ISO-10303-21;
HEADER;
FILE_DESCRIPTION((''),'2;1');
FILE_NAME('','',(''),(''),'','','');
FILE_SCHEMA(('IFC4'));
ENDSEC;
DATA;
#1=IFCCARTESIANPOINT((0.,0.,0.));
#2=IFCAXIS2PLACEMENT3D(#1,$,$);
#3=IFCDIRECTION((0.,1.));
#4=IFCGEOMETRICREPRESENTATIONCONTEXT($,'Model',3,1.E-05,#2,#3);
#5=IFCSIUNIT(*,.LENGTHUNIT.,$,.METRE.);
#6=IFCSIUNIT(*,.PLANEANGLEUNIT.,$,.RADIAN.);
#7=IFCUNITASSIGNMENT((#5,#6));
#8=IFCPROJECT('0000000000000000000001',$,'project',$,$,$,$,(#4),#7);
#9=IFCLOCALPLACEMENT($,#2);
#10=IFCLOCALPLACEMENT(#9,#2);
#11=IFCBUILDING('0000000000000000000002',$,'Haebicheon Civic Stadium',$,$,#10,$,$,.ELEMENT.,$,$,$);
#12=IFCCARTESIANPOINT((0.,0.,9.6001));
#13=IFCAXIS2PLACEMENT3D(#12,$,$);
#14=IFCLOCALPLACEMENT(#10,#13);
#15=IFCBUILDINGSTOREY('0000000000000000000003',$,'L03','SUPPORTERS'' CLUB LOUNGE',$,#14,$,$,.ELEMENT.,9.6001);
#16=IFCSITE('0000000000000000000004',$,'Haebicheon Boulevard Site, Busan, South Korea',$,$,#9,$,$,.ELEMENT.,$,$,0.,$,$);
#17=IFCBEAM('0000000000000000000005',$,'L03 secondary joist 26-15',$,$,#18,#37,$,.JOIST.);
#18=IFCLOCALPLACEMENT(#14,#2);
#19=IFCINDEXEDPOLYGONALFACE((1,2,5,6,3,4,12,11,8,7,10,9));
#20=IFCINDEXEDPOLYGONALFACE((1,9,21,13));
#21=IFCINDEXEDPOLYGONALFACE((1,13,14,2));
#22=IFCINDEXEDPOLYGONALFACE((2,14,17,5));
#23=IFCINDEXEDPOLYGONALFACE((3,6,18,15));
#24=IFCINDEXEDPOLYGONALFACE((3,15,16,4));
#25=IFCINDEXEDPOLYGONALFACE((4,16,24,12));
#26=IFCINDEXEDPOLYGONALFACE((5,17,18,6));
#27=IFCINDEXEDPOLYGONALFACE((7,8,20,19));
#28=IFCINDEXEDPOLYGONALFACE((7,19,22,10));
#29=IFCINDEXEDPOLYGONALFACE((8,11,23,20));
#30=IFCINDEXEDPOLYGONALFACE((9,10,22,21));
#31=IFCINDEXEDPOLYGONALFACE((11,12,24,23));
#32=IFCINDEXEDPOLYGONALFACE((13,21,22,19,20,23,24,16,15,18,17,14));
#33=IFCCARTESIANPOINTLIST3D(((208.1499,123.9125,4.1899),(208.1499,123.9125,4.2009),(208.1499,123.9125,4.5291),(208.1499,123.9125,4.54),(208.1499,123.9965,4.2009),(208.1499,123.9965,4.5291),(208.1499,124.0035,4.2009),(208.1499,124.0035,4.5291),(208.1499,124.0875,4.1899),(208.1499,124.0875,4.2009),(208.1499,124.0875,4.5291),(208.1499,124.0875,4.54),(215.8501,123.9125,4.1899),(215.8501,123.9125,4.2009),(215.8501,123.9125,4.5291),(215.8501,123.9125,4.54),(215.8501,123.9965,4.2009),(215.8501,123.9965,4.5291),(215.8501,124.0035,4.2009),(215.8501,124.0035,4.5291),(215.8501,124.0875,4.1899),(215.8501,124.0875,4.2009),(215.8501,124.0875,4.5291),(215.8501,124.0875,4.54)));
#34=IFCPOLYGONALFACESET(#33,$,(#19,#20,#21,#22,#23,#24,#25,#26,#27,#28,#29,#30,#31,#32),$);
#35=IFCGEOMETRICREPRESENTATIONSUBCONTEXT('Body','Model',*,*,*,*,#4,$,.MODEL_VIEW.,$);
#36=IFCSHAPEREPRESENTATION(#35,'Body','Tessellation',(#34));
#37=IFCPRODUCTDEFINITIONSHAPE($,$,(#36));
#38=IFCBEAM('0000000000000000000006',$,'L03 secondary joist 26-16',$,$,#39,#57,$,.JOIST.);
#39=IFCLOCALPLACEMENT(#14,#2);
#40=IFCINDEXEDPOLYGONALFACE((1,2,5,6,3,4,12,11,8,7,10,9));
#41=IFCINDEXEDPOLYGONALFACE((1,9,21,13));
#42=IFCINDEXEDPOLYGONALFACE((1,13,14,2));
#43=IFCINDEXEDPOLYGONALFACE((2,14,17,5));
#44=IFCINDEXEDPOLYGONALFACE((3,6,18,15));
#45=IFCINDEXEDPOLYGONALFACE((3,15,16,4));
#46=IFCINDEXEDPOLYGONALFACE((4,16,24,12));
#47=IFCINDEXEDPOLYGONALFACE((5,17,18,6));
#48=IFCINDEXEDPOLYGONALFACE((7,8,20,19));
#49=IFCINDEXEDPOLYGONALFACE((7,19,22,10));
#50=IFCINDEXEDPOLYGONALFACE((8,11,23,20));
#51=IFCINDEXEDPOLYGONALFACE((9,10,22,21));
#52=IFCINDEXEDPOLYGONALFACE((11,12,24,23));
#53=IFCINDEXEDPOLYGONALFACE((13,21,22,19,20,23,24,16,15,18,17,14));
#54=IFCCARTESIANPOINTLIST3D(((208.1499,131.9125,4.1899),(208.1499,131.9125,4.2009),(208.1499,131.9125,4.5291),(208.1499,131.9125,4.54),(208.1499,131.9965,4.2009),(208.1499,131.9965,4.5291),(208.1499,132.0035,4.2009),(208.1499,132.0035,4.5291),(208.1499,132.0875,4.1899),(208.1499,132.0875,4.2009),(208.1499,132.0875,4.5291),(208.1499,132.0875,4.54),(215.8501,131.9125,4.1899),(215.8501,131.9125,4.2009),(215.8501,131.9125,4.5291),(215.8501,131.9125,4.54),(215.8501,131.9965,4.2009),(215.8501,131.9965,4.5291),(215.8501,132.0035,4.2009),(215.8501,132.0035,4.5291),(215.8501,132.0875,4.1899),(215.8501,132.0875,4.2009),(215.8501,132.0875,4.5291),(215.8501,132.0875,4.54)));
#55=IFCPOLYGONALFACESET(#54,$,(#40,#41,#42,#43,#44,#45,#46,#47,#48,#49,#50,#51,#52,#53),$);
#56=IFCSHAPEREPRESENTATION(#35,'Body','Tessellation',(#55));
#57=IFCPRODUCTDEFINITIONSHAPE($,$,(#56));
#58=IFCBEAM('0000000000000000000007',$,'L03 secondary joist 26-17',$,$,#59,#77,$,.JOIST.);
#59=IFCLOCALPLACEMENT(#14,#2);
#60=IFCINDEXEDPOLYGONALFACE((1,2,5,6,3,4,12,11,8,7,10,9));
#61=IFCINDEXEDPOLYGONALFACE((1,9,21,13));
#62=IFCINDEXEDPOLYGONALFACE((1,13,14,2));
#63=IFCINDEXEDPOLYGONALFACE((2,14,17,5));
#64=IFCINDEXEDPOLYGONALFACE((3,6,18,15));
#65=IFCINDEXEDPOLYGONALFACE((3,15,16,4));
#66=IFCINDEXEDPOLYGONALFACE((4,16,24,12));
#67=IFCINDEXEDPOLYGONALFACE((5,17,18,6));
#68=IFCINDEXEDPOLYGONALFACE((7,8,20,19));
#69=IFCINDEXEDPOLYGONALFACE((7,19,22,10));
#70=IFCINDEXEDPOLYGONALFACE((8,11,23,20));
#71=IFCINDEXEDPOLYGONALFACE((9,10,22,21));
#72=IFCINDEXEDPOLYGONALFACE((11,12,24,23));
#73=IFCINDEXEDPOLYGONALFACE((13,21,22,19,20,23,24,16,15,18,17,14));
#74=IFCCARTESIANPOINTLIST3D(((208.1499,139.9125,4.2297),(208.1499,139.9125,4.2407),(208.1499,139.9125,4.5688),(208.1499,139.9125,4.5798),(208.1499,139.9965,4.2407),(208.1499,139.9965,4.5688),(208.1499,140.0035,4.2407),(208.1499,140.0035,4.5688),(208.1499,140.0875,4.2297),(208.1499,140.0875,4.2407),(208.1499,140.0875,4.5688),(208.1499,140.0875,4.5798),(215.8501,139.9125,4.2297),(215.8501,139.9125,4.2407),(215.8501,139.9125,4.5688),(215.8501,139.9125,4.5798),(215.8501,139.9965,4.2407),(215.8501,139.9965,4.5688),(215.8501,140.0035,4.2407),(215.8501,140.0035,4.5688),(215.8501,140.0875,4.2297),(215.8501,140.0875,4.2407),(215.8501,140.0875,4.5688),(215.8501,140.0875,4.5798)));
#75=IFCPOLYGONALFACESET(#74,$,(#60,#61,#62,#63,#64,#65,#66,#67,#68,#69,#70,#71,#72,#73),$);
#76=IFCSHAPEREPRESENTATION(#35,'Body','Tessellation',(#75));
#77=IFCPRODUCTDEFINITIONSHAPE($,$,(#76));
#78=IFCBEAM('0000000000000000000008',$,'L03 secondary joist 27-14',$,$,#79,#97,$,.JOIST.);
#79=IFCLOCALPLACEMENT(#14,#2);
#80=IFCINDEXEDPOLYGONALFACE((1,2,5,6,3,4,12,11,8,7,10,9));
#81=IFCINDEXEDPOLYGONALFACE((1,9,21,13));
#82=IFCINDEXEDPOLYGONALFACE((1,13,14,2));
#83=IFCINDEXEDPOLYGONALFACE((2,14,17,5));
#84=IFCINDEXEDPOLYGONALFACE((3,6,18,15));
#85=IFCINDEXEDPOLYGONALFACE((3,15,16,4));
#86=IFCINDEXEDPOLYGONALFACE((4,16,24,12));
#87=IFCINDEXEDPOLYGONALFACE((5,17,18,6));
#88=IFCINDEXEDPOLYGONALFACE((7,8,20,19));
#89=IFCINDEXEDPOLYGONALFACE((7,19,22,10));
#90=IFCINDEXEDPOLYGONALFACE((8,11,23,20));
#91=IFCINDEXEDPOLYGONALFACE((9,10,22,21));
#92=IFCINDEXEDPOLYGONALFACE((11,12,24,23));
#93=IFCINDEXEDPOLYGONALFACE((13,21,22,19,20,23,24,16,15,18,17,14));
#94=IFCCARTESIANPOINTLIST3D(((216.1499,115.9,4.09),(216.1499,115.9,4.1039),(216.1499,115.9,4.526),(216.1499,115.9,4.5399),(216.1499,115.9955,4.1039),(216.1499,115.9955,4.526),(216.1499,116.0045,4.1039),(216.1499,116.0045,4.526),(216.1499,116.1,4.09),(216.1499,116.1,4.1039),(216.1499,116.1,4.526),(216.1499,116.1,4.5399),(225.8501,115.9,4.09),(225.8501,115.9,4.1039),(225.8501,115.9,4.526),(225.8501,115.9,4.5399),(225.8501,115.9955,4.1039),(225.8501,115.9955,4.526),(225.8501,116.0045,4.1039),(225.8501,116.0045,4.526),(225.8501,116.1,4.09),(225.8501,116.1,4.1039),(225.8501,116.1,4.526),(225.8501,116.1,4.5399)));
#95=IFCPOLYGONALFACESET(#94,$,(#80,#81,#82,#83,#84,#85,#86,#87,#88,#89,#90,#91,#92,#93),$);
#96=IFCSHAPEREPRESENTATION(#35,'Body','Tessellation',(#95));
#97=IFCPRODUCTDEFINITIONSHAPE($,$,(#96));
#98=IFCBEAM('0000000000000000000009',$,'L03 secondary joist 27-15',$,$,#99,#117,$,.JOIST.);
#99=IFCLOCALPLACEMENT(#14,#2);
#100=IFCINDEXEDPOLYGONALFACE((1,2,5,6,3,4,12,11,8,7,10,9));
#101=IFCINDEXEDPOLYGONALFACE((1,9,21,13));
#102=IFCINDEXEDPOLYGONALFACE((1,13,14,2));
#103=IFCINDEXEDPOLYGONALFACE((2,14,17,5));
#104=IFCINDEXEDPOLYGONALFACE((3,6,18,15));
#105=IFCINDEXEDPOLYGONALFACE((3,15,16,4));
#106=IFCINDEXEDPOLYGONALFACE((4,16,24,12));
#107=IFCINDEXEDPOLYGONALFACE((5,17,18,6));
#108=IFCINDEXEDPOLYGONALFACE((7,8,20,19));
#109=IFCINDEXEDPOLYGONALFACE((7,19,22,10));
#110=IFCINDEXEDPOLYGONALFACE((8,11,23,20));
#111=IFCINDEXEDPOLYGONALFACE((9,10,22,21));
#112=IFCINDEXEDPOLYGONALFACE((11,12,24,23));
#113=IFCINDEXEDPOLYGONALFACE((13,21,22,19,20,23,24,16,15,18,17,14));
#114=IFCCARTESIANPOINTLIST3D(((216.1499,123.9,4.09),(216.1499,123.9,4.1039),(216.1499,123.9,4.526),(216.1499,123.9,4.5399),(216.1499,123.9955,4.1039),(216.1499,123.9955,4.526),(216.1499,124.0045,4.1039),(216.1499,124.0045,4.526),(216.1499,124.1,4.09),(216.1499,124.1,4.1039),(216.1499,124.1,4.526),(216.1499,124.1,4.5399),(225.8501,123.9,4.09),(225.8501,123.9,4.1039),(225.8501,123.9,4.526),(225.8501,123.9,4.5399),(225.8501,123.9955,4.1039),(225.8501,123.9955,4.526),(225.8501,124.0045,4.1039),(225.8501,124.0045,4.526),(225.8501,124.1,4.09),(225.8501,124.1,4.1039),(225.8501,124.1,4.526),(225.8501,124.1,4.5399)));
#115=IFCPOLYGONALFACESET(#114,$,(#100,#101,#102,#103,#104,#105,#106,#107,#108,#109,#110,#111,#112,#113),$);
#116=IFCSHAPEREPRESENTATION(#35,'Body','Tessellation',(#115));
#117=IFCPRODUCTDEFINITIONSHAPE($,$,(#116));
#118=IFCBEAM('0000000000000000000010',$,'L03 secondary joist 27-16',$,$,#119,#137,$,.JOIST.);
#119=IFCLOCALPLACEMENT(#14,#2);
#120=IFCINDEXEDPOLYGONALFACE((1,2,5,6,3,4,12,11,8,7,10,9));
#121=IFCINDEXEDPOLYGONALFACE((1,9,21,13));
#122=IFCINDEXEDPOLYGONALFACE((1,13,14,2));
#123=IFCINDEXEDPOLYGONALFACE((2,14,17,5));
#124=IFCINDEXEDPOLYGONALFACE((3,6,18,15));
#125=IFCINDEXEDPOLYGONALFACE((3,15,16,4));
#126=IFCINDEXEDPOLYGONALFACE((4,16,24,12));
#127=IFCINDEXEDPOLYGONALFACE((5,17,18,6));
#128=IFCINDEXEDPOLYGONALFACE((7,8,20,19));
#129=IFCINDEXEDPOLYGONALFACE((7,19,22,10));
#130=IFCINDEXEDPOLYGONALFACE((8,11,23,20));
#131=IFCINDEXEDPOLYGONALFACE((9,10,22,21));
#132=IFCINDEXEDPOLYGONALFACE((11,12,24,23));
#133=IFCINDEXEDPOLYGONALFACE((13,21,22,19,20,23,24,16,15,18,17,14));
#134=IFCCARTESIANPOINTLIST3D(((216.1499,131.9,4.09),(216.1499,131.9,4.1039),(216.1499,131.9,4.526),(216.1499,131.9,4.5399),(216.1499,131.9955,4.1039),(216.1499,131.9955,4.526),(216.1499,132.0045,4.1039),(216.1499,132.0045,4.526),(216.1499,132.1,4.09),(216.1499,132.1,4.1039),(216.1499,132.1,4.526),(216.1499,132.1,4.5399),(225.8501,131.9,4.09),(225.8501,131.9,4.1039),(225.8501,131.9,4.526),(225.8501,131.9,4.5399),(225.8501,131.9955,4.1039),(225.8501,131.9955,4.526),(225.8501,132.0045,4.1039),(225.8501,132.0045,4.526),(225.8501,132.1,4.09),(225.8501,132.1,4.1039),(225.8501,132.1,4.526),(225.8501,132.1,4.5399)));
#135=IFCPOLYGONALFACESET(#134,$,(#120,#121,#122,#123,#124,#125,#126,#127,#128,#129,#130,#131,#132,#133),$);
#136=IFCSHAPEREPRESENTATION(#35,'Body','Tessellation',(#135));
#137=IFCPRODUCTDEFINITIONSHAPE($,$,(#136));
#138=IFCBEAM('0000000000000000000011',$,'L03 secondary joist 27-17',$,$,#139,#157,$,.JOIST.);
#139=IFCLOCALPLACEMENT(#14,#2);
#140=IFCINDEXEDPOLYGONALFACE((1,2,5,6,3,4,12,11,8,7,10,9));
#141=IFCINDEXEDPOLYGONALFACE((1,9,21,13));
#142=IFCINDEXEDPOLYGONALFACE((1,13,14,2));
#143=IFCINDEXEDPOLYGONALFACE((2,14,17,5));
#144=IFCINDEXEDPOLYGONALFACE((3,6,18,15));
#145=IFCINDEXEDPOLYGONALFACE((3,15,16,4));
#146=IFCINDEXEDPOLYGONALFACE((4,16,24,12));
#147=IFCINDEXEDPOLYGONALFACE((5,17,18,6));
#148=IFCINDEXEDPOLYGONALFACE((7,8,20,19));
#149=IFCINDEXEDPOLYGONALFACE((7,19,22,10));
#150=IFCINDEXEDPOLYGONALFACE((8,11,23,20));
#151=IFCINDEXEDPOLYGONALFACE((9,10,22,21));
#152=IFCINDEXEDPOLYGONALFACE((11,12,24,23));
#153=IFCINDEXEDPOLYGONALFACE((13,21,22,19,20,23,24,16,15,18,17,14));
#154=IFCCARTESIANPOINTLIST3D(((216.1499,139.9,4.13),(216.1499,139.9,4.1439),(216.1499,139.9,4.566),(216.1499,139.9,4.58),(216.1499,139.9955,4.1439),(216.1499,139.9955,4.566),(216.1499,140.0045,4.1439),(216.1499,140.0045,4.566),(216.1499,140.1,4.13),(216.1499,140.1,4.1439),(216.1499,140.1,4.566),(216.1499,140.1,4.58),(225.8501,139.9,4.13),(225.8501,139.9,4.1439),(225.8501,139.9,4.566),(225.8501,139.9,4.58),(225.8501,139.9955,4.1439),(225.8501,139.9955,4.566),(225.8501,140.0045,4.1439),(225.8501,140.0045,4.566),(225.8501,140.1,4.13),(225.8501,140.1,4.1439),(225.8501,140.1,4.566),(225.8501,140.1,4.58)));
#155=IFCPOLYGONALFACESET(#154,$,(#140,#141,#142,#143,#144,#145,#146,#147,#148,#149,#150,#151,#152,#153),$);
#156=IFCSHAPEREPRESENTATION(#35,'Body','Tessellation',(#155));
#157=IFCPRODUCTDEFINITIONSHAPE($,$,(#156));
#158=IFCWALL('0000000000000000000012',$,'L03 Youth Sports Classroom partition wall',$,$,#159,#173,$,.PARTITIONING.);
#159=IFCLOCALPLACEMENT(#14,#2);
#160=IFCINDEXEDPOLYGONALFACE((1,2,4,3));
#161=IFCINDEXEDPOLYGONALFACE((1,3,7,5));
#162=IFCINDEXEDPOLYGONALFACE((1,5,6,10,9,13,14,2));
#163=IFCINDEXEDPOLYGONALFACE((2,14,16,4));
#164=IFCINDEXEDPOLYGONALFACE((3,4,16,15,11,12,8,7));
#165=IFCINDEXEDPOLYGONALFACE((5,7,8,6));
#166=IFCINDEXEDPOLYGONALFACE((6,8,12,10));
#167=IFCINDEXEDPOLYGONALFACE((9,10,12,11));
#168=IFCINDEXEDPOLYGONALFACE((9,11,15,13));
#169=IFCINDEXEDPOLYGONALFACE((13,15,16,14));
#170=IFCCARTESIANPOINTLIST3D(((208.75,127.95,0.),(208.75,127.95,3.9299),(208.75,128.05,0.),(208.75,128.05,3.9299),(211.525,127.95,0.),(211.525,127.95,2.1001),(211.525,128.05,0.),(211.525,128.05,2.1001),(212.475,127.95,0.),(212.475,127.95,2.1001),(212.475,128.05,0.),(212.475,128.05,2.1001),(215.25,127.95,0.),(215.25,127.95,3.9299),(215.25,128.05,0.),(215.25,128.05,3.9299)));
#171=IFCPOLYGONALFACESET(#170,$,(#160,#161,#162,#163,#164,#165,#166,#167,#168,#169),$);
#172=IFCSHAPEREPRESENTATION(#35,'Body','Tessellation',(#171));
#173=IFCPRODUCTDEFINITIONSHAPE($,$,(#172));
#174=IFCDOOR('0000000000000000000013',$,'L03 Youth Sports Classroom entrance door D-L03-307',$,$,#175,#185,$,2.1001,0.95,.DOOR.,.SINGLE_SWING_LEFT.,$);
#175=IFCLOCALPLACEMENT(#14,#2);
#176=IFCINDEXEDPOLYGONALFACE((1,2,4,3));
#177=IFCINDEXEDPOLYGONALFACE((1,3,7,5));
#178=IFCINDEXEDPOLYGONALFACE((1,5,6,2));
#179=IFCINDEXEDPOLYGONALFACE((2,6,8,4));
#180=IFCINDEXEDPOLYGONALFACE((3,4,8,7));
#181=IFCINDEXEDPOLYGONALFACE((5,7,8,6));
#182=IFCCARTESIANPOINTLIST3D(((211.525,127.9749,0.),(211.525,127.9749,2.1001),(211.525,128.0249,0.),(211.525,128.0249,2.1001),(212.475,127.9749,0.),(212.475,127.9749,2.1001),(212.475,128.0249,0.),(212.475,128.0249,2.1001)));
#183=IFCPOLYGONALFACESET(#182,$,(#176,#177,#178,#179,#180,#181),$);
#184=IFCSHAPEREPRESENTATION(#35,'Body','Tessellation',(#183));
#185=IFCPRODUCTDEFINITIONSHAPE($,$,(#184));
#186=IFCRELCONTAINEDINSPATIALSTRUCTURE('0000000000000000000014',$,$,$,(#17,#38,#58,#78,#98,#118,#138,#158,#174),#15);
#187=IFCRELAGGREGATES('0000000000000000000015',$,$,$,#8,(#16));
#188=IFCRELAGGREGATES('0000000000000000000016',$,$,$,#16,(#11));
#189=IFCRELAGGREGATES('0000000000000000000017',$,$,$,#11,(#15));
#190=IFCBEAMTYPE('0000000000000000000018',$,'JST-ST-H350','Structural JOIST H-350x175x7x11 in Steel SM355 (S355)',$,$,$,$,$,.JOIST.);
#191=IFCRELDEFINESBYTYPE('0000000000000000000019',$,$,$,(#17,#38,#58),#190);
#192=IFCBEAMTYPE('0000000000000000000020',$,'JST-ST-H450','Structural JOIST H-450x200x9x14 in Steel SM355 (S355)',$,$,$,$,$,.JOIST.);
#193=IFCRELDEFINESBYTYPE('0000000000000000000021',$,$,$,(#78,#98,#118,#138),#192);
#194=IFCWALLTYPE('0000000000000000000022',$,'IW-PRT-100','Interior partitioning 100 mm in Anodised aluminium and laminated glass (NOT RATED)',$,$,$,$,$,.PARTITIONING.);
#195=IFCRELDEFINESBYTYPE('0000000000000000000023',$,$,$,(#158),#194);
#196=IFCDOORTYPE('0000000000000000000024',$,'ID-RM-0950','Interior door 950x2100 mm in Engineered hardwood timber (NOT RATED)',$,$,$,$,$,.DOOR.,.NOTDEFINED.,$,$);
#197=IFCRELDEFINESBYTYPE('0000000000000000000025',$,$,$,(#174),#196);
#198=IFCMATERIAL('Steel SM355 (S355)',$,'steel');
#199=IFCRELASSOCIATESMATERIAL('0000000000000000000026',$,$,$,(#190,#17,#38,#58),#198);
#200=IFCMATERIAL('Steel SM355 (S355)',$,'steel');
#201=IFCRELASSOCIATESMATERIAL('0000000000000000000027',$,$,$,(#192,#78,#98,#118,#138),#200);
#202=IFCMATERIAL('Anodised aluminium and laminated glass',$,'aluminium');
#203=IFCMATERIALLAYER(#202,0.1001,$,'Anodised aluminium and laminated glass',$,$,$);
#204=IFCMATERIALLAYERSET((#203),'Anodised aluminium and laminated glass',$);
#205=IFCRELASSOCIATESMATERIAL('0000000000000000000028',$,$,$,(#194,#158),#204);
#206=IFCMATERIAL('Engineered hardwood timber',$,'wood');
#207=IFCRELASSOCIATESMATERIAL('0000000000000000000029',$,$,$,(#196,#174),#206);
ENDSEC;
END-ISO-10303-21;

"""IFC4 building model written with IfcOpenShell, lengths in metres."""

from ifc_helpers import new_model, si_unit, direction, frame, frame_2d, origin, origin_2d, place, context, subcontext, project, spatial, rectangle, i_section, extrude, material, layer, layer_set, material_profile, profile_set, type_object, element, fill, save


model = new_model("IFC4")

# Units and contexts
model_context = context("Model", 3, precision=1e-05, world=origin(), true_north=direction((0.0, 1.0)))
body_context = subcontext(model_context, "Body", "Model", "MODEL_VIEW")
ifc_project = project(units=[si_unit("LENGTHUNIT", "METRE"), si_unit("PLANEANGLEUNIT", "RADIAN")], contexts=[model_context])

# Site, building, storey
site_placement = place(None, origin())
site = spatial("IfcSite", under=ifc_project, at=site_placement, Name="Haebicheon Boulevard Site, Busan, South Korea", CompositionType="ELEMENT", RefElevation=0.0)
building_placement = place(site_placement, origin())
building = spatial("IfcBuilding", under=site, at=building_placement, Name="Haebicheon Civic Stadium", CompositionType="ELEMENT")
storey_placement = place(building_placement, frame((0.0, 0.0, 9.6001)))
storey = spatial("IfcBuildingStorey", under=building, at=storey_placement, Name="L03", Description="SUPPORTERS' CLUB LOUNGE", CompositionType="ELEMENT", Elevation=9.6001)

# Beams
ifc_material_1 = material(Name="Steel SM355 (S355)", Category="steel")
ifc_material_profile_1 = material_profile(ifc_material_1, i_section(OverallWidth=0.175, OverallDepth=0.3501, WebThickness=0.0071, FlangeThickness=0.011, at=origin_2d()), Name="H-350x175x7x11")
ifc_profile_set_1 = profile_set([ifc_material_profile_1], Name="Steel SM355 (S355)")
beam_type_1 = type_object("IfcBeamType", Name="JST-ST-H350", Description="Structural JOIST H-350x175x7x11 in Steel SM355 (S355)", PredefinedType="JOIST", material=ifc_profile_set_1)
for number, where, z_axis, x_axis, name in (
    (1, (208.1499, 124.0, 4.365), (1.0, 0.0, 0.0), (0.0, 1.0, 0.0), "L03 secondary joist 26-15"),
    (2, (208.1499, 132.0, 4.365), (1.0, 0.0, 0.0), (0.0, 1.0, 0.0), "L03 secondary joist 26-16"),
    (3, (208.1499, 140.0, 4.4048), (1.0, 0.0, 0.0), (0.0, 1.0, 0.0), "L03 secondary joist 26-17"),
):
    element("IfcBeam", number, at=place(storey_placement, frame(where, z_axis=z_axis, x_axis=x_axis)), inside=storey, type_object=beam_type_1, material=ifc_profile_set_1, Name=name, PredefinedType="JOIST", context=body_context, shape_type="SweptSolid", body=[
        extrude(i_section(OverallWidth=0.175, OverallDepth=0.3501, WebThickness=0.0071, FlangeThickness=0.011, at=origin_2d()), origin(), (0.0, 0.0, 1.0), 7.7002),
    ])
ifc_material_2 = material(Name="Steel SM355 (S355)", Category="steel")
ifc_material_profile_2 = material_profile(ifc_material_2, i_section(OverallWidth=0.2, OverallDepth=0.45, WebThickness=0.009, FlangeThickness=0.0139, at=origin_2d()), Name="H-450x200x9x14")
ifc_profile_set_2 = profile_set([ifc_material_profile_2], Name="Steel SM355 (S355)")
beam_type_2 = type_object("IfcBeamType", Name="JST-ST-H450", Description="Structural JOIST H-450x200x9x14 in Steel SM355 (S355)", PredefinedType="JOIST", material=ifc_profile_set_2)
for number, where, z_axis, x_axis, name in (
    (4, (216.1499, 116.0, 4.3149), (1.0, 0.0, 0.0), (0.0, 1.0, 0.0), "L03 secondary joist 27-14"),
    (5, (216.1499, 124.0, 4.3149), (1.0, 0.0, 0.0), (0.0, 1.0, 0.0), "L03 secondary joist 27-15"),
    (6, (216.1499, 132.0, 4.3149), (1.0, 0.0, 0.0), (0.0, 1.0, 0.0), "L03 secondary joist 27-16"),
    (7, (216.1499, 140.0, 4.355), (1.0, 0.0, 0.0), (0.0, 1.0, 0.0), "L03 secondary joist 27-17"),
):
    element("IfcBeam", number, at=place(storey_placement, frame(where, z_axis=z_axis, x_axis=x_axis)), inside=storey, type_object=beam_type_2, material=ifc_profile_set_2, Name=name, PredefinedType="JOIST", context=body_context, shape_type="SweptSolid", body=[
        extrude(i_section(OverallWidth=0.2, OverallDepth=0.45, WebThickness=0.009, FlangeThickness=0.0139, at=origin_2d()), origin(), (0.0, 0.0, 1.0), 9.7002),
    ])

# Wall, opening, door
ifc_material_3 = material(Name="Anodised aluminium and laminated glass", Category="aluminium")
ifc_layer_1 = layer(ifc_material_3, 0.1001, Name="Anodised aluminium and laminated glass")
ifc_layer_set_1 = layer_set([ifc_layer_1], Name="Anodised aluminium and laminated glass")
wall_type_1 = type_object("IfcWallType", Name="IW-PRT-100", Description="Interior partitioning 100 mm in Anodised aluminium and laminated glass (NOT RATED)", PredefinedType="PARTITIONING", material=ifc_layer_set_1)
wall_1_placement = place(storey_placement, frame((208.75, 128.0, 0.0), z_axis=(0.0, 0.0, 1.0), x_axis=(1.0, 0.0, 0.0)))
wall_1 = element("IfcWall", 8, at=wall_1_placement, inside=storey, type_object=wall_type_1, material=ifc_layer_set_1, Name="L03 Youth Sports Classroom partition wall", PredefinedType="PARTITIONING", context=body_context, shape_type="SweptSolid", body=[
    extrude(rectangle(XDim=6.5, YDim=0.1001, at=frame_2d((3.25, 0.0))), origin(), (0.0, 0.0, 1.0), 3.9299),
])
opening_1_placement = place(wall_1_placement, frame((2.7749, 0.0, 0.0)))
opening_1 = element("IfcOpeningElement", 9, at=opening_1_placement, cuts=wall_1, PredefinedType="OPENING", context=body_context, shape_type="SweptSolid", body=[
    extrude(rectangle(XDim=0.95, YDim=2.1001, at=frame_2d((0.4751, 1.05))), frame((0.0, 0.0601, 0.0), z_axis=(0.0, -1.0, 0.0), x_axis=(1.0, 0.0, 0.0)), (0.0, 0.0, 1.0), 0.1201),
])
ifc_material_4 = material(Name="Engineered hardwood timber", Category="wood")
door_type_1 = type_object("IfcDoorType", Name="ID-RM-0950", Description="Interior door 950x2100 mm in Engineered hardwood timber (NOT RATED)", OperationType="NOTDEFINED", PredefinedType="DOOR", material=ifc_material_4)
door_1_placement = place(opening_1_placement, origin())
door_1 = element("IfcDoor", 10, at=door_1_placement, inside=storey, type_object=door_type_1, material=ifc_material_4, Name="L03 Youth Sports Classroom entrance door D-L03-307", OperationType="SINGLE_SWING_LEFT", OverallHeight=2.1001, OverallWidth=0.95, PredefinedType="DOOR", context=body_context, shape_type="SweptSolid", body=[
    extrude(rectangle(XDim=0.95, YDim=2.1001, at=frame_2d((0.4751, 1.05))), frame((0.0, 0.0249, 0.0), z_axis=(0.0, -1.0, 0.0), x_axis=(1.0, 0.0, 0.0)), (0.0, 0.0, 1.0), 0.05),
])
fill(opening_1, door_1)

save(model, "model.ifc")
